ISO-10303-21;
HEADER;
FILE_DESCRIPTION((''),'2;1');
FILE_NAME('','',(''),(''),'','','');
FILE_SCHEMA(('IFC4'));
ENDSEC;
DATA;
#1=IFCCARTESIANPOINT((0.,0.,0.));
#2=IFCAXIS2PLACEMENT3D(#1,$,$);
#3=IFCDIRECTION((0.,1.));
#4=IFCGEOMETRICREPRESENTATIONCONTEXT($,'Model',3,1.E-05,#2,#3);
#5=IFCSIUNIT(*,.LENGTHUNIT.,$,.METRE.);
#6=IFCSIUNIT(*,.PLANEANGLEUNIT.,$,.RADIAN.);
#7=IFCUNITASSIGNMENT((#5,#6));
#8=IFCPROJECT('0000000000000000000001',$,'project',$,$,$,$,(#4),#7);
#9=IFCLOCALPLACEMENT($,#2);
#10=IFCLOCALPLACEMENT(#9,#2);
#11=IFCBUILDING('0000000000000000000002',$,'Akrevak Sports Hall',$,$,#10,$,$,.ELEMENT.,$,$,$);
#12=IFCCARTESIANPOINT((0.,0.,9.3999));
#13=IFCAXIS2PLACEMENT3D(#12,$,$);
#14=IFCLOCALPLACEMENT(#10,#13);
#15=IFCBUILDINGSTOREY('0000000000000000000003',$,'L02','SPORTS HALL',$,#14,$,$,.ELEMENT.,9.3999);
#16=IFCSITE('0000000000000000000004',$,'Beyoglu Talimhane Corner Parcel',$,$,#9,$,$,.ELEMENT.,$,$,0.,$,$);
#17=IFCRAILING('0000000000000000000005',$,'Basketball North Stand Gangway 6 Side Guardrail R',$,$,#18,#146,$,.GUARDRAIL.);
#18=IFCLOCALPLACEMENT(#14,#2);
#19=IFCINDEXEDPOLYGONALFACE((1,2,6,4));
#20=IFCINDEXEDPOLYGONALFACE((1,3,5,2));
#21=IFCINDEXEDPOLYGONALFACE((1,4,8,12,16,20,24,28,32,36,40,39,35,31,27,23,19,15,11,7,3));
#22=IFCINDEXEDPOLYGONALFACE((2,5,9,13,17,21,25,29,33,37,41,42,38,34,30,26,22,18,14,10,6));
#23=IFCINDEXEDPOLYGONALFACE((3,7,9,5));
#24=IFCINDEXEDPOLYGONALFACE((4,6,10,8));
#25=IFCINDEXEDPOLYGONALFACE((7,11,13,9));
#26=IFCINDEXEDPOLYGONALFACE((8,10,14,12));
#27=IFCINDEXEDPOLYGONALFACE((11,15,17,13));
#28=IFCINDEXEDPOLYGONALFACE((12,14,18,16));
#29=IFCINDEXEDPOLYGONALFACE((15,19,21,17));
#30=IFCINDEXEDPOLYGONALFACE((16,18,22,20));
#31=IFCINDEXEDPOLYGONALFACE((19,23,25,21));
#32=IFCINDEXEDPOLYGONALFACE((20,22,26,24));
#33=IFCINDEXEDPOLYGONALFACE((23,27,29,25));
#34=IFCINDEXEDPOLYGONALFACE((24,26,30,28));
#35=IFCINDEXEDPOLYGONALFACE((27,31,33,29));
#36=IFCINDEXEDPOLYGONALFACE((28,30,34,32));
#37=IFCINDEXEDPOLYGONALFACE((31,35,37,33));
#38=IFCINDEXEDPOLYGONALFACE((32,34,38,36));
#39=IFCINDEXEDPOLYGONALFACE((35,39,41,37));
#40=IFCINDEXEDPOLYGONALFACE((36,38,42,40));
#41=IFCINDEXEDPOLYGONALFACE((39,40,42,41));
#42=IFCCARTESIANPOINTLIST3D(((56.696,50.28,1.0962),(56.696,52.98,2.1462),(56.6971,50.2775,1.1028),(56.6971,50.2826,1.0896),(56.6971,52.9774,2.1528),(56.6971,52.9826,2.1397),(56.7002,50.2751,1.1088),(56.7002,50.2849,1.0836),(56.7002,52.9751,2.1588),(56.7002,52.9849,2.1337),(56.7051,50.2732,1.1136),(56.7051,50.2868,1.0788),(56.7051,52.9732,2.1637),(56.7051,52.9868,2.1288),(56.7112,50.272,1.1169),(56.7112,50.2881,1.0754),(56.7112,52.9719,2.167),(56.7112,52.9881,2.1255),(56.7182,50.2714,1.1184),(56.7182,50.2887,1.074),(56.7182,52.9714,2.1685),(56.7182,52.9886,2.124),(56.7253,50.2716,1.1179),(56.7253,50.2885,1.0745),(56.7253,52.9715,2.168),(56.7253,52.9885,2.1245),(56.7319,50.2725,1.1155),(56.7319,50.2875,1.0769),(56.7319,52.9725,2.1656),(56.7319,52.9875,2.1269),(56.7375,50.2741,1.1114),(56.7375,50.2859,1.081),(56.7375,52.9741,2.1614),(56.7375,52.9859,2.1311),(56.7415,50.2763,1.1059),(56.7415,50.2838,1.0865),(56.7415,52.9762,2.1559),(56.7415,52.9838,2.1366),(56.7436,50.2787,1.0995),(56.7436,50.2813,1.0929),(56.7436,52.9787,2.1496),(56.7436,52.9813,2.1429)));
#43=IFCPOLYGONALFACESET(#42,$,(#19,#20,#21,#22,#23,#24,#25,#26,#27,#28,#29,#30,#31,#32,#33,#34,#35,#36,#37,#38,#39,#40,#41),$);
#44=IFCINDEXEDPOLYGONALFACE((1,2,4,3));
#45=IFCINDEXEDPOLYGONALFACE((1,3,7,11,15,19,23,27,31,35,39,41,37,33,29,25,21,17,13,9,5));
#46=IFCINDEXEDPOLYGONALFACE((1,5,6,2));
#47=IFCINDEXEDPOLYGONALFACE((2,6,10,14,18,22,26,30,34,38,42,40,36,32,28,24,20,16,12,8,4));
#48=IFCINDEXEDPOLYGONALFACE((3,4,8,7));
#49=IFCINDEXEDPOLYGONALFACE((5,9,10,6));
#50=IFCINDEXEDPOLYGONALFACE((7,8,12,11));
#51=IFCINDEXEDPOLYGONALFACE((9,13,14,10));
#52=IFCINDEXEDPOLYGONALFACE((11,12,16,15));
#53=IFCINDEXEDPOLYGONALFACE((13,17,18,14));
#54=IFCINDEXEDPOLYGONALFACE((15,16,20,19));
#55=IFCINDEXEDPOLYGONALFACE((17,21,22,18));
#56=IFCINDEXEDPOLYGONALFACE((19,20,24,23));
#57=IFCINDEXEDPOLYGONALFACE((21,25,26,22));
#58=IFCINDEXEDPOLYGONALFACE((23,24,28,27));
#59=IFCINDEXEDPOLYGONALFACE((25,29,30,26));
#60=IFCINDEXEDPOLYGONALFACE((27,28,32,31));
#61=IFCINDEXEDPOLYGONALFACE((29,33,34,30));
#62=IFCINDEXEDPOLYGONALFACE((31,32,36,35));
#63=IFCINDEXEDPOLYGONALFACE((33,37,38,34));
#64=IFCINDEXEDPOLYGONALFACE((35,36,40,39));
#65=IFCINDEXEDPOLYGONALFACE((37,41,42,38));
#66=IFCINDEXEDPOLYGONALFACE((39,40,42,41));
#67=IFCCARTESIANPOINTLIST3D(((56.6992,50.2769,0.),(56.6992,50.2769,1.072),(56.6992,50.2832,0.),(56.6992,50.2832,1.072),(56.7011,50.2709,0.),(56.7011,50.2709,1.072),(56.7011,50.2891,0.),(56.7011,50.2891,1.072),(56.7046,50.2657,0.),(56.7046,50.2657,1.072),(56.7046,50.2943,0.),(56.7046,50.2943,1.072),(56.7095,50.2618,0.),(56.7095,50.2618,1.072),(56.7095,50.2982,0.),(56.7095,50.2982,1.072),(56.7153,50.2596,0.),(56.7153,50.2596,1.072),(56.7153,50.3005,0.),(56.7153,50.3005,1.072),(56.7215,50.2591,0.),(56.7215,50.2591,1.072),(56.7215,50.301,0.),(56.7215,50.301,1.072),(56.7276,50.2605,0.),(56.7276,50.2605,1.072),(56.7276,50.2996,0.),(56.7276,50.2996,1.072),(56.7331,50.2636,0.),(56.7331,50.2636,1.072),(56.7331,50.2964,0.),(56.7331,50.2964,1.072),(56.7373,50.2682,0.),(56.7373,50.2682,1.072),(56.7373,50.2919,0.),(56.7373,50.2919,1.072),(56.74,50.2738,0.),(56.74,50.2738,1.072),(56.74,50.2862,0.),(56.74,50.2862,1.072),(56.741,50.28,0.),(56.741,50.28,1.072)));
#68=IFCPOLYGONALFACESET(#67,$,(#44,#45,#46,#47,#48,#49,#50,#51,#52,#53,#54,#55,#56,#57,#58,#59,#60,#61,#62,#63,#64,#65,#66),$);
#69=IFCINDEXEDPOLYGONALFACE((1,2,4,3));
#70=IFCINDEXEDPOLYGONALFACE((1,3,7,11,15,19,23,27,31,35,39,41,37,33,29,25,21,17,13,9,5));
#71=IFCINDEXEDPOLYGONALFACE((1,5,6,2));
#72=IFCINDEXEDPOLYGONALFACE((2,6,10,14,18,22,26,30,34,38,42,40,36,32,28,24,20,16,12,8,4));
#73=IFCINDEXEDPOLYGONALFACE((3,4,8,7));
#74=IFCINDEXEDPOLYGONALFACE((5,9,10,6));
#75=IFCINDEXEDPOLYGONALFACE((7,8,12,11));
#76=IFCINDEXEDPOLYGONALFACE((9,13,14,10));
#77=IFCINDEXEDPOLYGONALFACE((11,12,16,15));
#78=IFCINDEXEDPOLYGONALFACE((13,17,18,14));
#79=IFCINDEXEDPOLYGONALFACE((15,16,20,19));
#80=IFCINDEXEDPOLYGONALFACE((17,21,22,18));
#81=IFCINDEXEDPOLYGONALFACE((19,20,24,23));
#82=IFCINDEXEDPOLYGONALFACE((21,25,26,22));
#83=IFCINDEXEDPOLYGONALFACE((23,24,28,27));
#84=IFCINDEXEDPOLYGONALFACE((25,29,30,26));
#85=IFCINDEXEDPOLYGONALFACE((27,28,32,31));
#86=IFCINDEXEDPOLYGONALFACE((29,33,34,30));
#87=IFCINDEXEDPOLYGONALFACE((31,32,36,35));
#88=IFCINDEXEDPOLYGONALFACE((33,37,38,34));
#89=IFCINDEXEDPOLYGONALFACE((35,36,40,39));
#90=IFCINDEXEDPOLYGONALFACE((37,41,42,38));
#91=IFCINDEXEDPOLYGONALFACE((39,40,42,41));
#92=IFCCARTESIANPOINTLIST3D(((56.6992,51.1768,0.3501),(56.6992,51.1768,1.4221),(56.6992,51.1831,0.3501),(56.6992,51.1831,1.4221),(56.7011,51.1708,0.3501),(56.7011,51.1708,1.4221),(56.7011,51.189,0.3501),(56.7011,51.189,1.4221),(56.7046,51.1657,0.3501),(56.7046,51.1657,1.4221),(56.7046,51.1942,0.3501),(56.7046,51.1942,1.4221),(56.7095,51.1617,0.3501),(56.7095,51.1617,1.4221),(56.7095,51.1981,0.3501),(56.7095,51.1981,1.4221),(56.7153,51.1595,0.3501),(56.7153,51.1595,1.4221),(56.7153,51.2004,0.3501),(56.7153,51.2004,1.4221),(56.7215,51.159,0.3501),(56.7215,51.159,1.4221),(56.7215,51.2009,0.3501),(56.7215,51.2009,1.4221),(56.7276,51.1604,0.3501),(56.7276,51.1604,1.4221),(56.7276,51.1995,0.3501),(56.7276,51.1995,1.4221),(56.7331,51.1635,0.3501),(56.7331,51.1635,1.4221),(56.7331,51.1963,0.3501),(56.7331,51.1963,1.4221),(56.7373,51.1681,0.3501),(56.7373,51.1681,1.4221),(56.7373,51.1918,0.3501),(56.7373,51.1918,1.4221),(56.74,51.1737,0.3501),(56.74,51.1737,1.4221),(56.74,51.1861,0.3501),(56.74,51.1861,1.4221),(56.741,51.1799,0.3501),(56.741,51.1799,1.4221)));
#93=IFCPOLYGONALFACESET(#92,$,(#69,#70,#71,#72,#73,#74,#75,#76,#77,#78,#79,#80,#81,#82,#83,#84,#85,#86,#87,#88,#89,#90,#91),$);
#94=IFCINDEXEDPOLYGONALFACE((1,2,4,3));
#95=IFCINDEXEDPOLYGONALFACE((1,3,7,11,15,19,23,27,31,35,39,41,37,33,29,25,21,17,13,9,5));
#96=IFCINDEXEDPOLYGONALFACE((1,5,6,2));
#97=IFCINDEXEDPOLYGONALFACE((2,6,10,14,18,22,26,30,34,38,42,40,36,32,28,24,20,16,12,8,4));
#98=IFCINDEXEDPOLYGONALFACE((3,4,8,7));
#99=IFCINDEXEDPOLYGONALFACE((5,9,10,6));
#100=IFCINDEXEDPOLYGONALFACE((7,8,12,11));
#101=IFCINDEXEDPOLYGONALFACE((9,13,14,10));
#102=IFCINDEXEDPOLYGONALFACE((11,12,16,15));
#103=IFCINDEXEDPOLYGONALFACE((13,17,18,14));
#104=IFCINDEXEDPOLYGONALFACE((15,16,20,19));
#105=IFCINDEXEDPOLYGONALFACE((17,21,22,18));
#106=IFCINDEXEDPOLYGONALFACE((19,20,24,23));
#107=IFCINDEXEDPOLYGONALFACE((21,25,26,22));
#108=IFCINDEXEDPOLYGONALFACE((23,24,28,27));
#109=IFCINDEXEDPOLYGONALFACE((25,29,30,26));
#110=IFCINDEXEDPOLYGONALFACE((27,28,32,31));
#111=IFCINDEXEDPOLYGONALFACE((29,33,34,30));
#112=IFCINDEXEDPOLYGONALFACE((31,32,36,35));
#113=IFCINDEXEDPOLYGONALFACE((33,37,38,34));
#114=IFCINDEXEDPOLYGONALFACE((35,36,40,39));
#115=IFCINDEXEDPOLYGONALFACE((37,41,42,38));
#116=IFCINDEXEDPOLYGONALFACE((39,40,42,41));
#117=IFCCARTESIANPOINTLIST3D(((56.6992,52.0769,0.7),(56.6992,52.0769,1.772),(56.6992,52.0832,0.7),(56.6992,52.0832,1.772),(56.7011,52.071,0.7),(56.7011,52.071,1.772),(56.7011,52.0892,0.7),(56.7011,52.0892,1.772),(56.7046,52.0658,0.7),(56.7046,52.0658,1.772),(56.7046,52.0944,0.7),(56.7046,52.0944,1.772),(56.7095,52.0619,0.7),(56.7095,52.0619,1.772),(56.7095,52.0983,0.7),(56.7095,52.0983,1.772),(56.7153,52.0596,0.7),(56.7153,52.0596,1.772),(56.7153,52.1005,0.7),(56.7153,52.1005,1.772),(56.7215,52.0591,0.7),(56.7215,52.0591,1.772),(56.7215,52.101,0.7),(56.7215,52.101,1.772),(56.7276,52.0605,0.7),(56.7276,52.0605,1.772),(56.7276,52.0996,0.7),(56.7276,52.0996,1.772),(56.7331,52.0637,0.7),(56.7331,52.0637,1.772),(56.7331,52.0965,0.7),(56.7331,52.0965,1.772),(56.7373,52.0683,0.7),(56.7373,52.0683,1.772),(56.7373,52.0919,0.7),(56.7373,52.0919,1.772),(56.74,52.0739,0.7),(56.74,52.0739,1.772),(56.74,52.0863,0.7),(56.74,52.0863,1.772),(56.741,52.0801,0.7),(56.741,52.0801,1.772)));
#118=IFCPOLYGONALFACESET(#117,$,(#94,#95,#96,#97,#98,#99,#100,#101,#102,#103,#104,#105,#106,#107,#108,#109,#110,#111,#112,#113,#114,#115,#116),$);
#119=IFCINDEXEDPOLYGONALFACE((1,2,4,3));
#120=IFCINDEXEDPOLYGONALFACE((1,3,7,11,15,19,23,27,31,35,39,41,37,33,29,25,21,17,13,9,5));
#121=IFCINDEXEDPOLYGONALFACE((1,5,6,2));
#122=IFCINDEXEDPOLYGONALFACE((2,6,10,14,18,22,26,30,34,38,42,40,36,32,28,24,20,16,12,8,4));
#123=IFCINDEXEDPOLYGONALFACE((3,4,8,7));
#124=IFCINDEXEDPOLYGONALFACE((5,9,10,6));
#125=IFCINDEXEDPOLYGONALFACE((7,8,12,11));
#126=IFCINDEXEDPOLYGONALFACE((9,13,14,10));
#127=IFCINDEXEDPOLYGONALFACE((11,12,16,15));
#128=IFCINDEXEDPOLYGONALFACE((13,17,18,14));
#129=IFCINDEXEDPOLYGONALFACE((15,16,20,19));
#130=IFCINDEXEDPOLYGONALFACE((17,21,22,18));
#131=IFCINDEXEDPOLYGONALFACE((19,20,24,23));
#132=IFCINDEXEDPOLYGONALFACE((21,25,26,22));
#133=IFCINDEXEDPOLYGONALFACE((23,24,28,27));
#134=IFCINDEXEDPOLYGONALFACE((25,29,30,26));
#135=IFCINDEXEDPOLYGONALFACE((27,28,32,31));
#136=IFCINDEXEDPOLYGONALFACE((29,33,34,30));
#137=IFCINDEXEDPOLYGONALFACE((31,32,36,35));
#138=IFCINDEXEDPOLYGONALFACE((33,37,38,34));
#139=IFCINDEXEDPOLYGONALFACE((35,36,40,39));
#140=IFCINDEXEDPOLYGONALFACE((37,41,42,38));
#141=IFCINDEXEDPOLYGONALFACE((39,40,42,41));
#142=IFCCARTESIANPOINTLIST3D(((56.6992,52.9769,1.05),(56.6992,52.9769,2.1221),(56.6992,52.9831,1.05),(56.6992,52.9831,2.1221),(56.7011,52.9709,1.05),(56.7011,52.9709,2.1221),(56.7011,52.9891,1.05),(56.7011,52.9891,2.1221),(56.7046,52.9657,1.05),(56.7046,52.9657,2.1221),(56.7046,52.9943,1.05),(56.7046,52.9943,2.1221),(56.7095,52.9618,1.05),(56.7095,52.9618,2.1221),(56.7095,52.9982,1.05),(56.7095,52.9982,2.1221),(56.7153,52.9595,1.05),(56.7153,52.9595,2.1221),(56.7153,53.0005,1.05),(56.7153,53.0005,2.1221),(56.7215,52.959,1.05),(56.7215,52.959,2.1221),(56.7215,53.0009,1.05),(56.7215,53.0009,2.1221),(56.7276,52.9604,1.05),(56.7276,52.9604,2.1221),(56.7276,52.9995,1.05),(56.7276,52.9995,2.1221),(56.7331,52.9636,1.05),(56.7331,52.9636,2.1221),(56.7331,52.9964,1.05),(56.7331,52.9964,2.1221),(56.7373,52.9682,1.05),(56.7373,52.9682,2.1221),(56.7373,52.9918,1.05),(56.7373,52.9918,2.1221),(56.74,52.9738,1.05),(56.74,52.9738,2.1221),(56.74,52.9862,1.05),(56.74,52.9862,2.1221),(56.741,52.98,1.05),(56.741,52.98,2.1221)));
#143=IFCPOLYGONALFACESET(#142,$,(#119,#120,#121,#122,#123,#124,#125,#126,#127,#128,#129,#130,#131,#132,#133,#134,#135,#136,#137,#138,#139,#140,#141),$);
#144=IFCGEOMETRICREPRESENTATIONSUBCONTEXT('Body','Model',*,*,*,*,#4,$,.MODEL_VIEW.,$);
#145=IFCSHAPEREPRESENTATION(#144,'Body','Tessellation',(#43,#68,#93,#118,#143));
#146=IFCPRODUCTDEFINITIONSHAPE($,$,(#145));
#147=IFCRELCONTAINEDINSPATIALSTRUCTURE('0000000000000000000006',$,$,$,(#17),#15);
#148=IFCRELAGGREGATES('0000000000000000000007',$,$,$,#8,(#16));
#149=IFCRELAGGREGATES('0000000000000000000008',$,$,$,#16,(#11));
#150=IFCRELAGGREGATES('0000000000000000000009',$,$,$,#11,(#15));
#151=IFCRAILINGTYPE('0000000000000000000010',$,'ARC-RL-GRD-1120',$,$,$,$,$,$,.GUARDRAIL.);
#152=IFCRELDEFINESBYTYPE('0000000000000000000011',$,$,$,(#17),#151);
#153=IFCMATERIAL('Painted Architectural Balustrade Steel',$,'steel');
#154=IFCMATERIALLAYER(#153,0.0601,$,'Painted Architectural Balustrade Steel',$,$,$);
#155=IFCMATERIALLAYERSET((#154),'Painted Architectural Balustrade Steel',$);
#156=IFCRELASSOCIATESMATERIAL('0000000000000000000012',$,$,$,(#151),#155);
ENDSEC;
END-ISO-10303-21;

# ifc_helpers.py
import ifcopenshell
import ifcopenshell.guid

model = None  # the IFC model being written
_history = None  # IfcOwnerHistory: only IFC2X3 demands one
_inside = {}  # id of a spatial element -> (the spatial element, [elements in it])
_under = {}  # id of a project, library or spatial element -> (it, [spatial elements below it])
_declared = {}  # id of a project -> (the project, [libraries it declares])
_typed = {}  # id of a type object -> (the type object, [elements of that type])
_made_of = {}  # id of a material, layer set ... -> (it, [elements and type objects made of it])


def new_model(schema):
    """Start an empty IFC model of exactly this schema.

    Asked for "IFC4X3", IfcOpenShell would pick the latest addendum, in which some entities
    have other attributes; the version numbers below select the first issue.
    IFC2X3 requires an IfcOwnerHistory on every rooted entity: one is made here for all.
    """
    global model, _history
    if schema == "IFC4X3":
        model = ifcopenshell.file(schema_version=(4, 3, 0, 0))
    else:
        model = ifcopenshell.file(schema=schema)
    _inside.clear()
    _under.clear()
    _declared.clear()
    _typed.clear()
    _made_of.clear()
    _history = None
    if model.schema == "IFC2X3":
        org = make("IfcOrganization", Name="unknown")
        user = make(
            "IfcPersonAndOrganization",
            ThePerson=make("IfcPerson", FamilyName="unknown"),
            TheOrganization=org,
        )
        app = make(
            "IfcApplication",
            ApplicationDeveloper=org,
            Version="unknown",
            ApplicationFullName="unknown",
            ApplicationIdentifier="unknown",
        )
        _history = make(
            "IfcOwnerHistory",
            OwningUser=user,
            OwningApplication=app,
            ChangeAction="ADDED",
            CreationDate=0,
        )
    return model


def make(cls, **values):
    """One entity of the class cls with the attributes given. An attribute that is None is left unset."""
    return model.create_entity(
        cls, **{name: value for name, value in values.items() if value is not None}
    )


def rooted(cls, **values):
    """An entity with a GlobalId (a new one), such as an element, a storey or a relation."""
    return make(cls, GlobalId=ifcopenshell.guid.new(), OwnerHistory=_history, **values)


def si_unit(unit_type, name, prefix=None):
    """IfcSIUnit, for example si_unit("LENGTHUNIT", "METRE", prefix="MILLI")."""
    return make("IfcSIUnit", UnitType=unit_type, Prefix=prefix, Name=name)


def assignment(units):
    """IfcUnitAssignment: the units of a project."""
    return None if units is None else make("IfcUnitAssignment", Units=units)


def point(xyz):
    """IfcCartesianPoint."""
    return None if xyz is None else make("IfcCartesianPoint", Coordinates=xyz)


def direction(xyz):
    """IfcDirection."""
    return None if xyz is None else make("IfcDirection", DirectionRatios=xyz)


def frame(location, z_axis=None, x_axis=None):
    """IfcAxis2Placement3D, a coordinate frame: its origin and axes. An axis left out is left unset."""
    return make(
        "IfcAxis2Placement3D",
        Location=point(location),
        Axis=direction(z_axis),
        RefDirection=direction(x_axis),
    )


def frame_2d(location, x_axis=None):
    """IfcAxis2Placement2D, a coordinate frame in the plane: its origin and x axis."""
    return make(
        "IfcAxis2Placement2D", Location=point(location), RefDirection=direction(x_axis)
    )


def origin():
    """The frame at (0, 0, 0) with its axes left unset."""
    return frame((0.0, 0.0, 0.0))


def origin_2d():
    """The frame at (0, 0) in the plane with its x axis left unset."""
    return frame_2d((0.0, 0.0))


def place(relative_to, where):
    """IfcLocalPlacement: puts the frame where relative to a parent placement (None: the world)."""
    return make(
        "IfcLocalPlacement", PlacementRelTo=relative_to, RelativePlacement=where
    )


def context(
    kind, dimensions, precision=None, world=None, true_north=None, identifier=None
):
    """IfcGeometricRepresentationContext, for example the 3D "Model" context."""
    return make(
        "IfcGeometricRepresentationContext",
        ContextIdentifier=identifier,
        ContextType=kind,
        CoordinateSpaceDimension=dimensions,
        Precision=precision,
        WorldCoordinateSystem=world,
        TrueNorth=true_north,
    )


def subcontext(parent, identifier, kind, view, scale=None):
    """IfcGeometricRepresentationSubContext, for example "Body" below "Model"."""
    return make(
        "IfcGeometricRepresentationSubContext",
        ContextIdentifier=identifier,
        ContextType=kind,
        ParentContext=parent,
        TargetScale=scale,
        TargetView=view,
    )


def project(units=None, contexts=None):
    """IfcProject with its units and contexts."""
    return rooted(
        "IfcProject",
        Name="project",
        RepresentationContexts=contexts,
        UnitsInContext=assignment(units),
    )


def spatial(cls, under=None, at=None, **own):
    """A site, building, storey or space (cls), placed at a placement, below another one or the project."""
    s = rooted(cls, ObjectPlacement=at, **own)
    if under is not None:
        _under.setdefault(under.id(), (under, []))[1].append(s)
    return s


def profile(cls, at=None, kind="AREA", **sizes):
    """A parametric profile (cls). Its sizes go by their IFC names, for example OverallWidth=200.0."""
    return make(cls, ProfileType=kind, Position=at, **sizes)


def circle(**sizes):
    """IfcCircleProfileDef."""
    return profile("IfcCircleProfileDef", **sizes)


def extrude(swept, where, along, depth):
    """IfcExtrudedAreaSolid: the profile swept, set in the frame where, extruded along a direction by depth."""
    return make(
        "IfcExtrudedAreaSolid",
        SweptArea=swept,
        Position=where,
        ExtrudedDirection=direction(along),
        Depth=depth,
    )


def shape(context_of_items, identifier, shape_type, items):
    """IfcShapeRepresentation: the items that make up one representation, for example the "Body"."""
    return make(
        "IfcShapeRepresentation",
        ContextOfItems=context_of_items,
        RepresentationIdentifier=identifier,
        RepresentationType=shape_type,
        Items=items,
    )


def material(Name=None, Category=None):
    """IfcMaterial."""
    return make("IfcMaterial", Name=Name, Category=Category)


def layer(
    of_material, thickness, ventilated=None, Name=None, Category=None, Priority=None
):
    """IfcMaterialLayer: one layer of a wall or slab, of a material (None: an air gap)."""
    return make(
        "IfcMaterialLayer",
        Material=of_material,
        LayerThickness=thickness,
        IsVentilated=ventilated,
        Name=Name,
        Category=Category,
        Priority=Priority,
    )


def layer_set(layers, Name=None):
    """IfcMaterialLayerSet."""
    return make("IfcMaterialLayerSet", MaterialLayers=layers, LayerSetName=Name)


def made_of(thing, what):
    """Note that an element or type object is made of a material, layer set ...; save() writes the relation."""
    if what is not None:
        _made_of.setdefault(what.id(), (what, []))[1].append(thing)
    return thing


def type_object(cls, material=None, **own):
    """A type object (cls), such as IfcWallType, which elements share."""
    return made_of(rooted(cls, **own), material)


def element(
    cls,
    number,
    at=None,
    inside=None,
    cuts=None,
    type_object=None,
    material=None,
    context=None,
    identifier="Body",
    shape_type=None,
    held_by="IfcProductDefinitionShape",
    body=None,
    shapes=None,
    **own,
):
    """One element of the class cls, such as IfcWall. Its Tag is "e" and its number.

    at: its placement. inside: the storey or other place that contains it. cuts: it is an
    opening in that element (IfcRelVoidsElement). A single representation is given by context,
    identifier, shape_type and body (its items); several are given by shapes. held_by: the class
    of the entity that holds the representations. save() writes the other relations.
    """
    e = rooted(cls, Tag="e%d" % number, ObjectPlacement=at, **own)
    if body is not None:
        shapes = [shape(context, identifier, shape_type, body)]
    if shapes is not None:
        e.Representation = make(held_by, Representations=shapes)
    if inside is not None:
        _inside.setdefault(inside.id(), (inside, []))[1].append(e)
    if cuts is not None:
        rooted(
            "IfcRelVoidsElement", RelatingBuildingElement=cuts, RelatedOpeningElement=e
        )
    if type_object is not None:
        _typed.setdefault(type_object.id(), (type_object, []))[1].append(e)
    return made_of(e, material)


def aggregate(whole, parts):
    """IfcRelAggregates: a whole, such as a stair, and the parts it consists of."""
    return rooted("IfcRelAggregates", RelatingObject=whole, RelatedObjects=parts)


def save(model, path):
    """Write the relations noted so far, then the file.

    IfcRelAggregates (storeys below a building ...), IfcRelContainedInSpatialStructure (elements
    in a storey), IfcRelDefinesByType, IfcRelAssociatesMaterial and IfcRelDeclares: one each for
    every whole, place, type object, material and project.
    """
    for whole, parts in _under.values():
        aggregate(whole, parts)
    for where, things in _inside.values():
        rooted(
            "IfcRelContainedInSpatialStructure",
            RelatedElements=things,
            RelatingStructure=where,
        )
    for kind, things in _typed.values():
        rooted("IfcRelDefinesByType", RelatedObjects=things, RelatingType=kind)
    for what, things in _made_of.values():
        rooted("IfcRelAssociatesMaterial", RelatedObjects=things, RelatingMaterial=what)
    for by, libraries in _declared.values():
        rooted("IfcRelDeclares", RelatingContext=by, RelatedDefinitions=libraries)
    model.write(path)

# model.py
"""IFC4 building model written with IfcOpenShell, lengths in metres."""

from ifc_helpers import new_model, si_unit, direction, frame, origin, origin_2d, place, context, subcontext, project, spatial, circle, extrude, material, layer, layer_set, type_object, element, save


model = new_model("IFC4")

# Units and contexts
model_context = context("Model", 3, precision=1e-05, world=origin(), true_north=direction((0.0, 1.0)))
body_context = subcontext(model_context, "Body", "Model", "MODEL_VIEW")
ifc_project = project(units=[si_unit("LENGTHUNIT", "METRE"), si_unit("PLANEANGLEUNIT", "RADIAN")], contexts=[model_context])

# Site, building, storey
site_placement = place(None, origin())
site = spatial("IfcSite", under=ifc_project, at=site_placement, Name="Beyoglu Talimhane Corner Parcel", CompositionType="ELEMENT", RefElevation=0.0)
building_placement = place(site_placement, origin())
building = spatial("IfcBuilding", under=site, at=building_placement, Name="Akrevak Sports Hall", CompositionType="ELEMENT")
storey_placement = place(building_placement, frame((0.0, 0.0, 9.3999)))
storey = spatial("IfcBuildingStorey", under=building, at=storey_placement, Name="L02", Description="SPORTS HALL", CompositionType="ELEMENT", Elevation=9.3999)

# Railing
ifc_material_1 = material(Name="Painted Architectural Balustrade Steel", Category="steel")
ifc_layer_1 = layer(ifc_material_1, 0.0601, Name="Painted Architectural Balustrade Steel")
ifc_layer_set_1 = layer_set([ifc_layer_1], Name="Painted Architectural Balustrade Steel")
railing_type_1 = type_object("IfcRailingType", Name="ARC-RL-GRD-1120", PredefinedType="GUARDRAIL", material=ifc_layer_set_1)
for number, where, name in (
    (1, (56.72, 50.28, 0.0), "Basketball North Stand Gangway 6 Side Guardrail R"),
):
    element("IfcRailing", number, at=place(storey_placement, frame(where)), inside=storey, type_object=railing_type_1, Name=name, PredefinedType="GUARDRAIL", context=body_context, shape_type="SweptSolid", body=[
        extrude(circle(Radius=0.0239, at=origin_2d()), frame((0.0, 0.0, 1.0962), z_axis=(0.0, 0.931997, 0.362467), x_axis=(-1.0, 0.0, 0.0)), (0.0, 0.0, 1.0), 2.897),
        extrude(circle(Radius=0.021, at=origin_2d()), origin(), (0.0, 0.0, 1.0), 1.072),
        extrude(circle(Radius=0.021, at=origin_2d()), frame((0.0, 0.8999, 0.3501)), (0.0, 0.0, 1.0), 1.072),
        extrude(circle(Radius=0.021, at=origin_2d()), frame((0.0, 1.8, 0.7)), (0.0, 0.0, 1.0), 1.072),
        extrude(circle(Radius=0.021, at=origin_2d()), frame((0.0, 2.7, 1.05)), (0.0, 0.0, 1.0), 1.072),
    ])

save(model, "model.ifc")
